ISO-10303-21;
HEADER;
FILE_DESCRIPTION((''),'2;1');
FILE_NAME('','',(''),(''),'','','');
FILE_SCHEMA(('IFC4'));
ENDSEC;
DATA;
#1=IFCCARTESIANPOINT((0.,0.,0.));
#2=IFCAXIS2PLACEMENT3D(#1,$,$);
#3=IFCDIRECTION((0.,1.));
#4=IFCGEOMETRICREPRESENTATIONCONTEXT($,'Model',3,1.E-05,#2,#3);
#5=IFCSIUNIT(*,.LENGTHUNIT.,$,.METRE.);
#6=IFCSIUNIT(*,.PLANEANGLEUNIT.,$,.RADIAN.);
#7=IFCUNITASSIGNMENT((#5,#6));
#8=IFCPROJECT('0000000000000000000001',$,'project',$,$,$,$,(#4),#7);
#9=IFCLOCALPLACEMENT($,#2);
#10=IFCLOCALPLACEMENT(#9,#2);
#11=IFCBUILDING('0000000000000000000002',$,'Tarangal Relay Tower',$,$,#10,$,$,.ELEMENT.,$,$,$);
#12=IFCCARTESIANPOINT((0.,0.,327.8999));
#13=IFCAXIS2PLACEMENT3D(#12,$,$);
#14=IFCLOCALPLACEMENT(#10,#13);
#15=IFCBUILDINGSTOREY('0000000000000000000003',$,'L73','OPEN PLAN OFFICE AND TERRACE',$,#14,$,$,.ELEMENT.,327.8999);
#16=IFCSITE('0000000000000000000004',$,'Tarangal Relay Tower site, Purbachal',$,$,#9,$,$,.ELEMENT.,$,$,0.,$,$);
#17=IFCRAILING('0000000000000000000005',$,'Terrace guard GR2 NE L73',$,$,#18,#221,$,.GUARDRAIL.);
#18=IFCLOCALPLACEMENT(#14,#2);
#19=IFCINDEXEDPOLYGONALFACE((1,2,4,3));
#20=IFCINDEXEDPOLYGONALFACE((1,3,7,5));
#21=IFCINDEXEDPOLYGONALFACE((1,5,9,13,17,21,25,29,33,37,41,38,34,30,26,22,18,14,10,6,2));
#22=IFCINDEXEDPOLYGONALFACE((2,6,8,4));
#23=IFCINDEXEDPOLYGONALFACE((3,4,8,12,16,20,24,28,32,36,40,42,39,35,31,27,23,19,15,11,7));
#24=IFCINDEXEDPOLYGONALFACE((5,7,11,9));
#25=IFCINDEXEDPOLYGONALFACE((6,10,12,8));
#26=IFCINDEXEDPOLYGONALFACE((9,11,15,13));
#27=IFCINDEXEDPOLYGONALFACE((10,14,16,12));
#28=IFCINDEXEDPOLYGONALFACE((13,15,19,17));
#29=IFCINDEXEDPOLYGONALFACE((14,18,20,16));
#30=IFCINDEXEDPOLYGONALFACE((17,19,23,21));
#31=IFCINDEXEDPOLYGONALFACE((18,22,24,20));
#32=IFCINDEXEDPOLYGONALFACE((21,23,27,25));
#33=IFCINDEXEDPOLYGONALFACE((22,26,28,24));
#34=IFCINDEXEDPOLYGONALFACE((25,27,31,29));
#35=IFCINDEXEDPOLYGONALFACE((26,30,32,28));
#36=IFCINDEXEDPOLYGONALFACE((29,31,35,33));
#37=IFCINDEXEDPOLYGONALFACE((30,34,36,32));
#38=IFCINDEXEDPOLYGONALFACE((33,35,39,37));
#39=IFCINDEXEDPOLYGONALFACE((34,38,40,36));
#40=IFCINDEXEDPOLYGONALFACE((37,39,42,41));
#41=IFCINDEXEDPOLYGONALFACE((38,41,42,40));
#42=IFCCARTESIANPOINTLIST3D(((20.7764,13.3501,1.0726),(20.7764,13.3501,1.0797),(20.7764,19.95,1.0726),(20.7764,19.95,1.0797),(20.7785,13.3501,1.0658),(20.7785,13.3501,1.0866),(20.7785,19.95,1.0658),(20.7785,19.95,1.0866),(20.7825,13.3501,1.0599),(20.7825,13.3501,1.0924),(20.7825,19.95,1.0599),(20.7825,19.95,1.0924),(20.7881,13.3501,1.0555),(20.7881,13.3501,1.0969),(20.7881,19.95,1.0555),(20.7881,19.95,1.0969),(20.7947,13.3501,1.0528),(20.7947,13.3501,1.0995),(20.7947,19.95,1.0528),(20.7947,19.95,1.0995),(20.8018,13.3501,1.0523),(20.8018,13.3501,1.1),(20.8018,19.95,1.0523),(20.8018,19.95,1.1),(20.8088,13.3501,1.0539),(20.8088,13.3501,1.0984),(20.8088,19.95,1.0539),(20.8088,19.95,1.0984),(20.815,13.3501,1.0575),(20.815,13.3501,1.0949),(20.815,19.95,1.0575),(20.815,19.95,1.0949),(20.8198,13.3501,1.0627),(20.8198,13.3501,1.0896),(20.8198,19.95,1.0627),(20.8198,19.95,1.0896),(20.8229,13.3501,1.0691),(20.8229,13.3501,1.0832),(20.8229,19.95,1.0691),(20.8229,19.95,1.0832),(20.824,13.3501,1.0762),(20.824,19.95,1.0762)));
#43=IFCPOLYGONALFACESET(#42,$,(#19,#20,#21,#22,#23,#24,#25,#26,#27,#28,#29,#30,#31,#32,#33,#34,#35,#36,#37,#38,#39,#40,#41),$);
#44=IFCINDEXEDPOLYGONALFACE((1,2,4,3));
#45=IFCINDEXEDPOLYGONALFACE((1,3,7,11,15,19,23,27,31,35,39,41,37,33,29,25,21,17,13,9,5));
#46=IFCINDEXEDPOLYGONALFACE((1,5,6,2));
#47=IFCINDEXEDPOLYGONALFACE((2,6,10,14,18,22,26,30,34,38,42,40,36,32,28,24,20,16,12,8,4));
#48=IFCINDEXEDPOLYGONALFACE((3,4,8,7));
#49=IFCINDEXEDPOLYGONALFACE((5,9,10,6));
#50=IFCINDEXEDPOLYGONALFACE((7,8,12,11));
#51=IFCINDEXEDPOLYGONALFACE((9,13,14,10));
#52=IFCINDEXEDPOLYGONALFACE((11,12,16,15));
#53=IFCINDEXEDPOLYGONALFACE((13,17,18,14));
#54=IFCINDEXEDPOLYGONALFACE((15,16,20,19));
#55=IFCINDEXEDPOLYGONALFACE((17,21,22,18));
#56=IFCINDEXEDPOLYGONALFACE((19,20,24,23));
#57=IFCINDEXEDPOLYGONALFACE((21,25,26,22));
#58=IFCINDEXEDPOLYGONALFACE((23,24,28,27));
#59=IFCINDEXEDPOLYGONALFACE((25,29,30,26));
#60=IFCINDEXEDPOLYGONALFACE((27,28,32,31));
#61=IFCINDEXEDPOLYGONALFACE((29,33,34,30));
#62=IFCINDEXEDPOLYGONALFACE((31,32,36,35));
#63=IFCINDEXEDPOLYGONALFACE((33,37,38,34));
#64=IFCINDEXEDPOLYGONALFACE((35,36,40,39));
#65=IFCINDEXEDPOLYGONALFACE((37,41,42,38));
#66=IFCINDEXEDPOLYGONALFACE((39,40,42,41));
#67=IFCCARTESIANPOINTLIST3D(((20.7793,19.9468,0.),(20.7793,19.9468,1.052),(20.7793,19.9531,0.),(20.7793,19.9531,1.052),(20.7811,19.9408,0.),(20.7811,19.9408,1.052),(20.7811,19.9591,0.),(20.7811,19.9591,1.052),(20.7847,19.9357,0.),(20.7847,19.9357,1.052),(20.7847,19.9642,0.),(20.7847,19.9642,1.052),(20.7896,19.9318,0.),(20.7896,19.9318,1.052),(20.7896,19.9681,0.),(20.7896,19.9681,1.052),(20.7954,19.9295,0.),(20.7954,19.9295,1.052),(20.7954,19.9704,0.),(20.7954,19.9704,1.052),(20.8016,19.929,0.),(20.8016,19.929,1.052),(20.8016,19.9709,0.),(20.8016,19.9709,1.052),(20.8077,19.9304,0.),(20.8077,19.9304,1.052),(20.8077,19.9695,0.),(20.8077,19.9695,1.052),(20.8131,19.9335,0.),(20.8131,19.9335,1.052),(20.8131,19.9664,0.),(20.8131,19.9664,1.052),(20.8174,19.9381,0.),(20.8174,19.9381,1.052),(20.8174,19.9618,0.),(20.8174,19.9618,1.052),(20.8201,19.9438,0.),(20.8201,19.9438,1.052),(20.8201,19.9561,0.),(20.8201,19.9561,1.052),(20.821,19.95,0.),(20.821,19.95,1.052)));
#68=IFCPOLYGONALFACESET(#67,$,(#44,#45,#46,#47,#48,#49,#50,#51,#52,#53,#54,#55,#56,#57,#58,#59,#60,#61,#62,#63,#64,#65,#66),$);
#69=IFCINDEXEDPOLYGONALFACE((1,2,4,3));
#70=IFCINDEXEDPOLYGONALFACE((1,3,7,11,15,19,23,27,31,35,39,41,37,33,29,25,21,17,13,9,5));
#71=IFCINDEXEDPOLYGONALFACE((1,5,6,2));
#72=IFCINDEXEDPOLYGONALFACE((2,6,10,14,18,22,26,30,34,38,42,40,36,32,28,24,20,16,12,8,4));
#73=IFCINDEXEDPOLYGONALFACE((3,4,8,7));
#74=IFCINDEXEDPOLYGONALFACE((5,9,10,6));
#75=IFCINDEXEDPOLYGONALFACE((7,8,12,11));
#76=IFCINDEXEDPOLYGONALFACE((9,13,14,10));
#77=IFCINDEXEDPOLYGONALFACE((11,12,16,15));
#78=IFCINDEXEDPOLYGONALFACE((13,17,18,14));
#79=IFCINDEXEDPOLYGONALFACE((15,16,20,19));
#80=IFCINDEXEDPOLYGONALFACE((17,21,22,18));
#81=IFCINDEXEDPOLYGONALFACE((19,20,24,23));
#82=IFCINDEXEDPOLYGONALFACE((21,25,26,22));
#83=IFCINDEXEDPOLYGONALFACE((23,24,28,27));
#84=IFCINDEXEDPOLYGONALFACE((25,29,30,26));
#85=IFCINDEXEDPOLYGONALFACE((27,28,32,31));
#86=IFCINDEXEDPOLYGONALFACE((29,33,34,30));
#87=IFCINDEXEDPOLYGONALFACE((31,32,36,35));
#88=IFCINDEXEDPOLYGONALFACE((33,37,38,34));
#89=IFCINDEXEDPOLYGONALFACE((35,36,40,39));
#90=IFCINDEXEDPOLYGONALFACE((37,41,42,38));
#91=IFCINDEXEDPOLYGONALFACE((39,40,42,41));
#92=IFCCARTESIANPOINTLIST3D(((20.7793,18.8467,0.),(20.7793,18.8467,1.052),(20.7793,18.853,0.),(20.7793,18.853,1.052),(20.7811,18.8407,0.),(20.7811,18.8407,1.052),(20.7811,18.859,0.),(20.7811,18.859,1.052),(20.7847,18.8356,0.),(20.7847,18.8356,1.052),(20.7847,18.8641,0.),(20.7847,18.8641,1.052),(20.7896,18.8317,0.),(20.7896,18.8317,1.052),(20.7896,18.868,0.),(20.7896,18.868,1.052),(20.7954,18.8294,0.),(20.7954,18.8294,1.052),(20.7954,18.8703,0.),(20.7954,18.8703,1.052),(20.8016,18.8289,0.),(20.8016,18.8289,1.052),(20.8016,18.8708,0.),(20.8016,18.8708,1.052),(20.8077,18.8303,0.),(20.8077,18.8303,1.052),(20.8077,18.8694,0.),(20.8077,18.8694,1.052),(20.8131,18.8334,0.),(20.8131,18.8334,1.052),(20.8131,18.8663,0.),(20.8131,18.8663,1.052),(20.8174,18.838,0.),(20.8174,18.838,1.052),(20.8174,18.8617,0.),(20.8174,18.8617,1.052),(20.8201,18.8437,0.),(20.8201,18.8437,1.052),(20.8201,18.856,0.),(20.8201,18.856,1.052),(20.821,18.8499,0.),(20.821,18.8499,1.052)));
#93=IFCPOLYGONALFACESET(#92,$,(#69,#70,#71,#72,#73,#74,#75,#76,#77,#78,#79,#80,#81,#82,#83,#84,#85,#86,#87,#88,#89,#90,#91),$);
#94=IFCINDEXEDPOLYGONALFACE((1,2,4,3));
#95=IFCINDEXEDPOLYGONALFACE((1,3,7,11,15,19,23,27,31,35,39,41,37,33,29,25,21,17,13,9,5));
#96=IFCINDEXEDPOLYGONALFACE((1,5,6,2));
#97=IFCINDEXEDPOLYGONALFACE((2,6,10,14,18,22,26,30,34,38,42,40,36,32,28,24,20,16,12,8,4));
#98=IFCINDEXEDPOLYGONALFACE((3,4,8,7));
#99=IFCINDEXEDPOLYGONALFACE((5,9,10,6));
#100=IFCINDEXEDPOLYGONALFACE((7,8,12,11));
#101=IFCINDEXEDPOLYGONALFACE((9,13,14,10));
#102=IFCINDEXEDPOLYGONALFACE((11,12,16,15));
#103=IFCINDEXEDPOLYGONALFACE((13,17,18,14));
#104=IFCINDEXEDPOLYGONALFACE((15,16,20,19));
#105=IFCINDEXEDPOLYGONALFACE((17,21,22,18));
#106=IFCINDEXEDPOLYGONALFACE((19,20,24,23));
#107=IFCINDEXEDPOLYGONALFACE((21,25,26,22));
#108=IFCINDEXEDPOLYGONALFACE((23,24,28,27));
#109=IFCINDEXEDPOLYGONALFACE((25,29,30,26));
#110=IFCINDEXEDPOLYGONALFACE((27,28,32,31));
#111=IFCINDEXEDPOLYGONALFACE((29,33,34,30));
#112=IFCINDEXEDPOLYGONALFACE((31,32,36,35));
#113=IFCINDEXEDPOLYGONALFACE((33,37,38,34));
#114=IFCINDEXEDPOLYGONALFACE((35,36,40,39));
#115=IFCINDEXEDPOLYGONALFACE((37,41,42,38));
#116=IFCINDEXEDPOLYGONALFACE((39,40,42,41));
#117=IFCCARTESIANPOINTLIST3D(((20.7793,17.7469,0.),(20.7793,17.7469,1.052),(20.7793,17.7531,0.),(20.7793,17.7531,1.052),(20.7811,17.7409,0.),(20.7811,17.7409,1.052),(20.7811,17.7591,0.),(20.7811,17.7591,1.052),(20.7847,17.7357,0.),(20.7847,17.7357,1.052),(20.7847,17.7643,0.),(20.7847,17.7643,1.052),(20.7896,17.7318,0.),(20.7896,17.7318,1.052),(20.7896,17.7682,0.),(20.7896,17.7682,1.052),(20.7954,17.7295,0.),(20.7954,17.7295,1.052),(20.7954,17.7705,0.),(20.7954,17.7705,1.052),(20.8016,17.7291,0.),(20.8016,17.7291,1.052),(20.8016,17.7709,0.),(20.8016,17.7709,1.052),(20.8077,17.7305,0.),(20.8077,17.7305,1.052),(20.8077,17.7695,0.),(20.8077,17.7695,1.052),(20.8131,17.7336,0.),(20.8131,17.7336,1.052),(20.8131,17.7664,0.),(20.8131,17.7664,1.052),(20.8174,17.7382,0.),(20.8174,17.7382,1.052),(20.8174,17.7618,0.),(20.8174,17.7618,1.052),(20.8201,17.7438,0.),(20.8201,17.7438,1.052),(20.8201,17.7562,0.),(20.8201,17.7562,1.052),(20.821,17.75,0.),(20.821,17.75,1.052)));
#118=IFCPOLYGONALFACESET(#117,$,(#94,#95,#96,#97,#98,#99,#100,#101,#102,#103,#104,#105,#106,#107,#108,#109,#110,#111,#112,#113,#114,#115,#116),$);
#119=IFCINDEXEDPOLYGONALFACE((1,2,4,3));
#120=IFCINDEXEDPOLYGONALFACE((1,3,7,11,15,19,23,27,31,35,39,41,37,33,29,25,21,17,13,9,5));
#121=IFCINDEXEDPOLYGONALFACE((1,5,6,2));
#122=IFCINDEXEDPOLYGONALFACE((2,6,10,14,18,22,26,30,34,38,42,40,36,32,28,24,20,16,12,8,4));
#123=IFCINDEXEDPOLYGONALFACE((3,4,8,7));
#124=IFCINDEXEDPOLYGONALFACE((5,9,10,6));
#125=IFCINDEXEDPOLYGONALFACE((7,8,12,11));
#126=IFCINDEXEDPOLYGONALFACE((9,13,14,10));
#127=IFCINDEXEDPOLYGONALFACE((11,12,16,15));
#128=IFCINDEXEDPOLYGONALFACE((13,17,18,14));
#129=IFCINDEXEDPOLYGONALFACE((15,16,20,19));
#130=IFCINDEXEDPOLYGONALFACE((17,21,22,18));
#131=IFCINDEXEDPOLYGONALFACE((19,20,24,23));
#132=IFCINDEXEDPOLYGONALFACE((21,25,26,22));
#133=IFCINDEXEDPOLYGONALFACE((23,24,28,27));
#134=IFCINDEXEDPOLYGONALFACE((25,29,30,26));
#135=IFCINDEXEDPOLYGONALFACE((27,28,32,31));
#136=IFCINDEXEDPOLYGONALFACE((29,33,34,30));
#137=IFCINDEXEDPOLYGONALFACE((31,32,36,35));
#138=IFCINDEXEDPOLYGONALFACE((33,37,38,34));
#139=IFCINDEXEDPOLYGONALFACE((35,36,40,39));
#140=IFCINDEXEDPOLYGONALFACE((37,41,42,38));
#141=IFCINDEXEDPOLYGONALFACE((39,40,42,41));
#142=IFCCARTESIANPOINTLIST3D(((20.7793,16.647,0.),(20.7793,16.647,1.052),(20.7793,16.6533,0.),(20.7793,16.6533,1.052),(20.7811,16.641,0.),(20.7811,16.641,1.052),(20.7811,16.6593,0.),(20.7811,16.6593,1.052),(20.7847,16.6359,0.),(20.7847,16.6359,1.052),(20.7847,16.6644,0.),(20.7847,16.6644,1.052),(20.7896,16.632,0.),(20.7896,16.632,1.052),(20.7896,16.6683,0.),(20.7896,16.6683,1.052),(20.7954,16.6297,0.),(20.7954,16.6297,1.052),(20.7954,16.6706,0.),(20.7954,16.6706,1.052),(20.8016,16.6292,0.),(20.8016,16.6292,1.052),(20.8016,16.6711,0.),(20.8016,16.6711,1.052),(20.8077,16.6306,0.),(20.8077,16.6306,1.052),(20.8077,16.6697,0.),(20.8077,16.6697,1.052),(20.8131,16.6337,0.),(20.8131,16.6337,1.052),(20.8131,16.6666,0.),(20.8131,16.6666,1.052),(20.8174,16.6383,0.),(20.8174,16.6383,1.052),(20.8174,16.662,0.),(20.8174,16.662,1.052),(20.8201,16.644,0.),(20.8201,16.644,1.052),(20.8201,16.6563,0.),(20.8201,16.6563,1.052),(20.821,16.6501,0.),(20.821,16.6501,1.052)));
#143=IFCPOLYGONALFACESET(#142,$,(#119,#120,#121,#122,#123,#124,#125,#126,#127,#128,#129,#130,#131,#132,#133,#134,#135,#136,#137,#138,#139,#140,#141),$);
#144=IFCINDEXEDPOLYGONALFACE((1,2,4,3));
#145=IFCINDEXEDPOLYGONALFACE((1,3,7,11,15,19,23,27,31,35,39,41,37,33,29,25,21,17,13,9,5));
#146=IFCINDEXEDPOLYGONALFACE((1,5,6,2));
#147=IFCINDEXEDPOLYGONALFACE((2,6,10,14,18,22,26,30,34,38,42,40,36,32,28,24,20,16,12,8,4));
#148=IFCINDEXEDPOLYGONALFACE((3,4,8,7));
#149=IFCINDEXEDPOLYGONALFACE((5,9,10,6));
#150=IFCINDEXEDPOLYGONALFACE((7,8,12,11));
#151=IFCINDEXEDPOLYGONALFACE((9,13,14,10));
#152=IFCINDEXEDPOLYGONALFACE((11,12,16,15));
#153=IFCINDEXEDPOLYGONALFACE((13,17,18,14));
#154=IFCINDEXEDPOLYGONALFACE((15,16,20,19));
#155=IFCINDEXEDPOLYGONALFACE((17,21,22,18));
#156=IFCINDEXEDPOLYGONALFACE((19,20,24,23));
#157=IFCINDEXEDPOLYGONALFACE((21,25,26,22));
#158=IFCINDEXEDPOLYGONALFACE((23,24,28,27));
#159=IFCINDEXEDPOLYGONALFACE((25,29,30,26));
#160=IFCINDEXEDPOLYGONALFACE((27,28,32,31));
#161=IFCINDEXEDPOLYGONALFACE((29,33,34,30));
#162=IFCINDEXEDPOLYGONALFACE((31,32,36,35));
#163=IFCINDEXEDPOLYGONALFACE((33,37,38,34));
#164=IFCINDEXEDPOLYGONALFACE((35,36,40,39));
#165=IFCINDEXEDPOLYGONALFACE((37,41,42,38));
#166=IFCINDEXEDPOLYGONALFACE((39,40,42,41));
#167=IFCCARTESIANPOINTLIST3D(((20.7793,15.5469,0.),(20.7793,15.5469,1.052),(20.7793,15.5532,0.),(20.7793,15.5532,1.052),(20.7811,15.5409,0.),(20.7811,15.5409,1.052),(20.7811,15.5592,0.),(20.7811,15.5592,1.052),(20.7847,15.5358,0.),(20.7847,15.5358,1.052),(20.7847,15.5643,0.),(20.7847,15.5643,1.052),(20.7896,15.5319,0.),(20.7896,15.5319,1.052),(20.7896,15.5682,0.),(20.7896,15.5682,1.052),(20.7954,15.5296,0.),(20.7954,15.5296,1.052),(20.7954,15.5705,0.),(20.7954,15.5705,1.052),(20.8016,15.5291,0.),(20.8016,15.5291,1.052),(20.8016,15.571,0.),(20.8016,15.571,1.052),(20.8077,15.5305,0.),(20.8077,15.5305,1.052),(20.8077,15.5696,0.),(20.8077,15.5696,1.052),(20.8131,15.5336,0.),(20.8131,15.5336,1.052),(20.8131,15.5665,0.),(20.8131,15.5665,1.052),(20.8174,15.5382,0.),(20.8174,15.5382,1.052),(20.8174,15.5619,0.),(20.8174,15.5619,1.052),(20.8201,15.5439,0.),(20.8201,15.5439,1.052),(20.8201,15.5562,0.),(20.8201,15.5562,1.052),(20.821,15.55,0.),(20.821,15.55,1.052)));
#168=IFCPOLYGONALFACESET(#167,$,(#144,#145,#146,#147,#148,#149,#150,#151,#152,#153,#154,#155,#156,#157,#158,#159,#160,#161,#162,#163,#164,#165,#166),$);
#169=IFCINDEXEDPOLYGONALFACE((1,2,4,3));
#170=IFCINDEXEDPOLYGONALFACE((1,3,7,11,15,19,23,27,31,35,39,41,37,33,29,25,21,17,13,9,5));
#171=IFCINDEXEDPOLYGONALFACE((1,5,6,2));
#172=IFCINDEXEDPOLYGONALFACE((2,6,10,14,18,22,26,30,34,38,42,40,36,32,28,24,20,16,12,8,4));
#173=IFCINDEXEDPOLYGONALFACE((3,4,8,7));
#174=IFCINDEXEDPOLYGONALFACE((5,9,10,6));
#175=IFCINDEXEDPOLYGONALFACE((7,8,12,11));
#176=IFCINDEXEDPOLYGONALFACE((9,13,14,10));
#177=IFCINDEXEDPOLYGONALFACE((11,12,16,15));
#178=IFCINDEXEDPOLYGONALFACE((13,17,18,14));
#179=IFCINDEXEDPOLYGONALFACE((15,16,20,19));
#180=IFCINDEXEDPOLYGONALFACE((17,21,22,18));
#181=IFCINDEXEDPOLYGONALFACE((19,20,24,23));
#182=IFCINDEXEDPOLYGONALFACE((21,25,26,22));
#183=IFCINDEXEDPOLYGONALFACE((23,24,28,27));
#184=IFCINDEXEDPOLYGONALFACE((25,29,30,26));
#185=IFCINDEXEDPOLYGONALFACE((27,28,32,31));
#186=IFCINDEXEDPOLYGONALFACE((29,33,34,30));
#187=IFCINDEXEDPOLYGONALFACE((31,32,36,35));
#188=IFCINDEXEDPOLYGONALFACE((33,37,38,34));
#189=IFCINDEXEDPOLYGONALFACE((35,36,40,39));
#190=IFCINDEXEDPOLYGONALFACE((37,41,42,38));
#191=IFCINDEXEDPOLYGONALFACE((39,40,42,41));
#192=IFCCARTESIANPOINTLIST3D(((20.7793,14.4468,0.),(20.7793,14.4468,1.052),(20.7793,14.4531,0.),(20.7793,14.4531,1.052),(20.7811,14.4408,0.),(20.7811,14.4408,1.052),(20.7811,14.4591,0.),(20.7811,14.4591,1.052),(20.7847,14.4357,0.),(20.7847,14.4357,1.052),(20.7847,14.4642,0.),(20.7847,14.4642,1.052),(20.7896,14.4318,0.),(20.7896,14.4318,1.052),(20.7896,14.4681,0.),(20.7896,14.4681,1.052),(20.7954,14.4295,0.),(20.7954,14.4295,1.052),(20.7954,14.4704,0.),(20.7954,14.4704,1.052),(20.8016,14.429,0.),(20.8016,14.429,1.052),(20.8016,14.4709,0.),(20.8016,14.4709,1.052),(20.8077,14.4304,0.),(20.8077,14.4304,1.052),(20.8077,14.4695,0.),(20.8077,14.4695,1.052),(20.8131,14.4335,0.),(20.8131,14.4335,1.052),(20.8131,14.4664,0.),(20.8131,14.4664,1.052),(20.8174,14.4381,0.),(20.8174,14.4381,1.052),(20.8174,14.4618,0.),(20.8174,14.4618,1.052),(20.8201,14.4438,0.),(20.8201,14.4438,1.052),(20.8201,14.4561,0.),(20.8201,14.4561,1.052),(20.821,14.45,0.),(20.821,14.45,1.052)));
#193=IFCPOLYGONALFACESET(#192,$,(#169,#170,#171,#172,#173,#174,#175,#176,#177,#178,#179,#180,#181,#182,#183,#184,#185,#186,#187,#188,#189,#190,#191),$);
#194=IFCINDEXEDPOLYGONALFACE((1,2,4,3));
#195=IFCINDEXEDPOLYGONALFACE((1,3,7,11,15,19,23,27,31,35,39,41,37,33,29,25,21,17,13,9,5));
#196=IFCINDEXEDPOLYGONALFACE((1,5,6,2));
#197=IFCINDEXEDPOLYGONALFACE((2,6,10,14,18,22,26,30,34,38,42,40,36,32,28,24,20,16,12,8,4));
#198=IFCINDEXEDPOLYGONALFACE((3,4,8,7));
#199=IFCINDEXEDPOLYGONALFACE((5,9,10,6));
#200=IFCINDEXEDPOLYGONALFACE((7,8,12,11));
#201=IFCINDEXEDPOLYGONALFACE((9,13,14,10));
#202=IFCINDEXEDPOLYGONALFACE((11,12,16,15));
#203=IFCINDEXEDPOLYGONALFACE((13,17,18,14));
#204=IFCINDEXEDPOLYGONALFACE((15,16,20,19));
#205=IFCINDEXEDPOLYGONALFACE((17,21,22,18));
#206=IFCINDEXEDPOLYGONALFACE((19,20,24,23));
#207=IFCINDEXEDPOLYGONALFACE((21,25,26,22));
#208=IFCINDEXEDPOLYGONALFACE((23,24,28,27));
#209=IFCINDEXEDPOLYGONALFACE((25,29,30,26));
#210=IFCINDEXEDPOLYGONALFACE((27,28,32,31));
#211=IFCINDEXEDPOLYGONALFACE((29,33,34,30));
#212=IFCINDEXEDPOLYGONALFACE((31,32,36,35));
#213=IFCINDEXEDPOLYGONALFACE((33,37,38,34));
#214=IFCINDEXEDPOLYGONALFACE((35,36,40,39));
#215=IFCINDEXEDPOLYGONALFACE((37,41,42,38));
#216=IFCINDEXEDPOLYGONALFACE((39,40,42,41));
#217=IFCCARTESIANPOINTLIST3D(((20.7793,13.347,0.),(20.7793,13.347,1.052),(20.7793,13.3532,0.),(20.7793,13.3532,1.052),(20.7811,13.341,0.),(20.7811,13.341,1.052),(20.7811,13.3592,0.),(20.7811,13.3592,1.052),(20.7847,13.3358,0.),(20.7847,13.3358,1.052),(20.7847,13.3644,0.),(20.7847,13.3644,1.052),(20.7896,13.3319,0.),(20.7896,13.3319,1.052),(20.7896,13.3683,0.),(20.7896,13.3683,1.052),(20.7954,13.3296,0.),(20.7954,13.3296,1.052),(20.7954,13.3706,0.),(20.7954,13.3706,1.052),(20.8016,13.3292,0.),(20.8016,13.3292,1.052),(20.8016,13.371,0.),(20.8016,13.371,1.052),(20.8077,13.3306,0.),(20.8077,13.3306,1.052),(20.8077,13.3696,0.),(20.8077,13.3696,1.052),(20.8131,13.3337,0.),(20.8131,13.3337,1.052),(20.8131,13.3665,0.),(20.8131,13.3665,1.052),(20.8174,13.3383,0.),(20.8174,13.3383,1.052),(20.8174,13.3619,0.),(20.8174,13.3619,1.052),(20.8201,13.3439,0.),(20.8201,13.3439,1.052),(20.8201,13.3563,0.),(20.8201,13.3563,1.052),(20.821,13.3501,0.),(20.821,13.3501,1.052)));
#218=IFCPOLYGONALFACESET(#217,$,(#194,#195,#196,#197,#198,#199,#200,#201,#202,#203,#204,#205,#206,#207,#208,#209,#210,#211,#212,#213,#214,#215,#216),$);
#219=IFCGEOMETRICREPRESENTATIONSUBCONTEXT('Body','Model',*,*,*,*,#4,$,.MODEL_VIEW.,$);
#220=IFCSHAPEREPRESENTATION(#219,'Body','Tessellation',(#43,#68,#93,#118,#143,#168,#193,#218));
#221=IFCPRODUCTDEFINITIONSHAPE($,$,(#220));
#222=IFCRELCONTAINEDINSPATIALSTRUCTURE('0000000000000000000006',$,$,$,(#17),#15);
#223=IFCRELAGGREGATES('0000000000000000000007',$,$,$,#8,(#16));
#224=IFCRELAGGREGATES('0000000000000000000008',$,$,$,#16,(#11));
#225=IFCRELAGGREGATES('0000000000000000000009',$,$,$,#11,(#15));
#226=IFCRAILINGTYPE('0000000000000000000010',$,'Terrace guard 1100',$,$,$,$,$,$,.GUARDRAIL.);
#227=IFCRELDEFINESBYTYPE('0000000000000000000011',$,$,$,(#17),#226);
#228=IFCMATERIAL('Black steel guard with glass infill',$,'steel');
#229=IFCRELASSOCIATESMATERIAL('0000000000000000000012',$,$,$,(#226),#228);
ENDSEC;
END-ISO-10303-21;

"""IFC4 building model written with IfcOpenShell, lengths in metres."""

from ifc_helpers import new_model, si_unit, direction, frame, origin, origin_2d, place, context, subcontext, project, spatial, circle, extrude, material, type_object, element, save


model = new_model("IFC4")

# Units and contexts
model_context = context("Model", 3, precision=1e-05, world=origin(), true_north=direction((0.0, 1.0)))
body_context = subcontext(model_context, "Body", "Model", "MODEL_VIEW")
ifc_project = project(units=[si_unit("LENGTHUNIT", "METRE"), si_unit("PLANEANGLEUNIT", "RADIAN")], contexts=[model_context])

# Site, building, storey
site_placement = place(None, origin())
site = spatial("IfcSite", under=ifc_project, at=site_placement, Name="Tarangal Relay Tower site, Purbachal", CompositionType="ELEMENT", RefElevation=0.0)
building_placement = place(site_placement, origin())
building = spatial("IfcBuilding", under=site, at=building_placement, Name="Tarangal Relay Tower", CompositionType="ELEMENT")
storey_placement = place(building_placement, frame((0.0, 0.0, 327.8999)))
storey = spatial("IfcBuildingStorey", under=building, at=storey_placement, Name="L73", Description="OPEN PLAN OFFICE AND TERRACE", CompositionType="ELEMENT", Elevation=327.8999)

# Railing
ifc_material_1 = material(Name="Black steel guard with glass infill", Category="steel")
railing_type = type_object("IfcRailingType", Name="Terrace guard 1100", PredefinedType="GUARDRAIL", material=ifc_material_1)
railing_1_placement = place(storey_placement, frame((20.8, 19.95, 0.0)))
element("IfcRailing", 1, at=railing_1_placement, inside=storey, type_object=railing_type, Name="Terrace guard GR2 NE L73", PredefinedType="GUARDRAIL", context=body_context, shape_type="SweptSolid", body=[
    extrude(circle(Radius=0.0239, at=origin_2d()), frame((0.0, 0.0, 1.0762), z_axis=(0.0, -1.0, 0.0), x_axis=(1.0, 0.0, 0.0)), (0.0, 0.0, 1.0), 6.5999),
    extrude(circle(Radius=0.021, at=origin_2d()), origin(), (0.0, 0.0, 1.0), 1.052),
    extrude(circle(Radius=0.021, at=origin_2d()), frame((0.0, -1.1001, 0.0)), (0.0, 0.0, 1.0), 1.052),
    extrude(circle(Radius=0.021, at=origin_2d()), frame((0.0, -2.2, 0.0)), (0.0, 0.0, 1.0), 1.052),
    extrude(circle(Radius=0.021, at=origin_2d()), frame((0.0, -3.2998, 0.0)), (0.0, 0.0, 1.0), 1.052),
    extrude(circle(Radius=0.021, at=origin_2d()), frame((0.0, -4.3999, 0.0)), (0.0, 0.0, 1.0), 1.052),
    extrude(circle(Radius=0.021, at=origin_2d()), frame((0.0, -5.5, 0.0)), (0.0, 0.0, 1.0), 1.052),
    extrude(circle(Radius=0.021, at=origin_2d()), frame((0.0, -6.5999, 0.0)), (0.0, 0.0, 1.0), 1.052),
])

save(model, "model.ifc")
